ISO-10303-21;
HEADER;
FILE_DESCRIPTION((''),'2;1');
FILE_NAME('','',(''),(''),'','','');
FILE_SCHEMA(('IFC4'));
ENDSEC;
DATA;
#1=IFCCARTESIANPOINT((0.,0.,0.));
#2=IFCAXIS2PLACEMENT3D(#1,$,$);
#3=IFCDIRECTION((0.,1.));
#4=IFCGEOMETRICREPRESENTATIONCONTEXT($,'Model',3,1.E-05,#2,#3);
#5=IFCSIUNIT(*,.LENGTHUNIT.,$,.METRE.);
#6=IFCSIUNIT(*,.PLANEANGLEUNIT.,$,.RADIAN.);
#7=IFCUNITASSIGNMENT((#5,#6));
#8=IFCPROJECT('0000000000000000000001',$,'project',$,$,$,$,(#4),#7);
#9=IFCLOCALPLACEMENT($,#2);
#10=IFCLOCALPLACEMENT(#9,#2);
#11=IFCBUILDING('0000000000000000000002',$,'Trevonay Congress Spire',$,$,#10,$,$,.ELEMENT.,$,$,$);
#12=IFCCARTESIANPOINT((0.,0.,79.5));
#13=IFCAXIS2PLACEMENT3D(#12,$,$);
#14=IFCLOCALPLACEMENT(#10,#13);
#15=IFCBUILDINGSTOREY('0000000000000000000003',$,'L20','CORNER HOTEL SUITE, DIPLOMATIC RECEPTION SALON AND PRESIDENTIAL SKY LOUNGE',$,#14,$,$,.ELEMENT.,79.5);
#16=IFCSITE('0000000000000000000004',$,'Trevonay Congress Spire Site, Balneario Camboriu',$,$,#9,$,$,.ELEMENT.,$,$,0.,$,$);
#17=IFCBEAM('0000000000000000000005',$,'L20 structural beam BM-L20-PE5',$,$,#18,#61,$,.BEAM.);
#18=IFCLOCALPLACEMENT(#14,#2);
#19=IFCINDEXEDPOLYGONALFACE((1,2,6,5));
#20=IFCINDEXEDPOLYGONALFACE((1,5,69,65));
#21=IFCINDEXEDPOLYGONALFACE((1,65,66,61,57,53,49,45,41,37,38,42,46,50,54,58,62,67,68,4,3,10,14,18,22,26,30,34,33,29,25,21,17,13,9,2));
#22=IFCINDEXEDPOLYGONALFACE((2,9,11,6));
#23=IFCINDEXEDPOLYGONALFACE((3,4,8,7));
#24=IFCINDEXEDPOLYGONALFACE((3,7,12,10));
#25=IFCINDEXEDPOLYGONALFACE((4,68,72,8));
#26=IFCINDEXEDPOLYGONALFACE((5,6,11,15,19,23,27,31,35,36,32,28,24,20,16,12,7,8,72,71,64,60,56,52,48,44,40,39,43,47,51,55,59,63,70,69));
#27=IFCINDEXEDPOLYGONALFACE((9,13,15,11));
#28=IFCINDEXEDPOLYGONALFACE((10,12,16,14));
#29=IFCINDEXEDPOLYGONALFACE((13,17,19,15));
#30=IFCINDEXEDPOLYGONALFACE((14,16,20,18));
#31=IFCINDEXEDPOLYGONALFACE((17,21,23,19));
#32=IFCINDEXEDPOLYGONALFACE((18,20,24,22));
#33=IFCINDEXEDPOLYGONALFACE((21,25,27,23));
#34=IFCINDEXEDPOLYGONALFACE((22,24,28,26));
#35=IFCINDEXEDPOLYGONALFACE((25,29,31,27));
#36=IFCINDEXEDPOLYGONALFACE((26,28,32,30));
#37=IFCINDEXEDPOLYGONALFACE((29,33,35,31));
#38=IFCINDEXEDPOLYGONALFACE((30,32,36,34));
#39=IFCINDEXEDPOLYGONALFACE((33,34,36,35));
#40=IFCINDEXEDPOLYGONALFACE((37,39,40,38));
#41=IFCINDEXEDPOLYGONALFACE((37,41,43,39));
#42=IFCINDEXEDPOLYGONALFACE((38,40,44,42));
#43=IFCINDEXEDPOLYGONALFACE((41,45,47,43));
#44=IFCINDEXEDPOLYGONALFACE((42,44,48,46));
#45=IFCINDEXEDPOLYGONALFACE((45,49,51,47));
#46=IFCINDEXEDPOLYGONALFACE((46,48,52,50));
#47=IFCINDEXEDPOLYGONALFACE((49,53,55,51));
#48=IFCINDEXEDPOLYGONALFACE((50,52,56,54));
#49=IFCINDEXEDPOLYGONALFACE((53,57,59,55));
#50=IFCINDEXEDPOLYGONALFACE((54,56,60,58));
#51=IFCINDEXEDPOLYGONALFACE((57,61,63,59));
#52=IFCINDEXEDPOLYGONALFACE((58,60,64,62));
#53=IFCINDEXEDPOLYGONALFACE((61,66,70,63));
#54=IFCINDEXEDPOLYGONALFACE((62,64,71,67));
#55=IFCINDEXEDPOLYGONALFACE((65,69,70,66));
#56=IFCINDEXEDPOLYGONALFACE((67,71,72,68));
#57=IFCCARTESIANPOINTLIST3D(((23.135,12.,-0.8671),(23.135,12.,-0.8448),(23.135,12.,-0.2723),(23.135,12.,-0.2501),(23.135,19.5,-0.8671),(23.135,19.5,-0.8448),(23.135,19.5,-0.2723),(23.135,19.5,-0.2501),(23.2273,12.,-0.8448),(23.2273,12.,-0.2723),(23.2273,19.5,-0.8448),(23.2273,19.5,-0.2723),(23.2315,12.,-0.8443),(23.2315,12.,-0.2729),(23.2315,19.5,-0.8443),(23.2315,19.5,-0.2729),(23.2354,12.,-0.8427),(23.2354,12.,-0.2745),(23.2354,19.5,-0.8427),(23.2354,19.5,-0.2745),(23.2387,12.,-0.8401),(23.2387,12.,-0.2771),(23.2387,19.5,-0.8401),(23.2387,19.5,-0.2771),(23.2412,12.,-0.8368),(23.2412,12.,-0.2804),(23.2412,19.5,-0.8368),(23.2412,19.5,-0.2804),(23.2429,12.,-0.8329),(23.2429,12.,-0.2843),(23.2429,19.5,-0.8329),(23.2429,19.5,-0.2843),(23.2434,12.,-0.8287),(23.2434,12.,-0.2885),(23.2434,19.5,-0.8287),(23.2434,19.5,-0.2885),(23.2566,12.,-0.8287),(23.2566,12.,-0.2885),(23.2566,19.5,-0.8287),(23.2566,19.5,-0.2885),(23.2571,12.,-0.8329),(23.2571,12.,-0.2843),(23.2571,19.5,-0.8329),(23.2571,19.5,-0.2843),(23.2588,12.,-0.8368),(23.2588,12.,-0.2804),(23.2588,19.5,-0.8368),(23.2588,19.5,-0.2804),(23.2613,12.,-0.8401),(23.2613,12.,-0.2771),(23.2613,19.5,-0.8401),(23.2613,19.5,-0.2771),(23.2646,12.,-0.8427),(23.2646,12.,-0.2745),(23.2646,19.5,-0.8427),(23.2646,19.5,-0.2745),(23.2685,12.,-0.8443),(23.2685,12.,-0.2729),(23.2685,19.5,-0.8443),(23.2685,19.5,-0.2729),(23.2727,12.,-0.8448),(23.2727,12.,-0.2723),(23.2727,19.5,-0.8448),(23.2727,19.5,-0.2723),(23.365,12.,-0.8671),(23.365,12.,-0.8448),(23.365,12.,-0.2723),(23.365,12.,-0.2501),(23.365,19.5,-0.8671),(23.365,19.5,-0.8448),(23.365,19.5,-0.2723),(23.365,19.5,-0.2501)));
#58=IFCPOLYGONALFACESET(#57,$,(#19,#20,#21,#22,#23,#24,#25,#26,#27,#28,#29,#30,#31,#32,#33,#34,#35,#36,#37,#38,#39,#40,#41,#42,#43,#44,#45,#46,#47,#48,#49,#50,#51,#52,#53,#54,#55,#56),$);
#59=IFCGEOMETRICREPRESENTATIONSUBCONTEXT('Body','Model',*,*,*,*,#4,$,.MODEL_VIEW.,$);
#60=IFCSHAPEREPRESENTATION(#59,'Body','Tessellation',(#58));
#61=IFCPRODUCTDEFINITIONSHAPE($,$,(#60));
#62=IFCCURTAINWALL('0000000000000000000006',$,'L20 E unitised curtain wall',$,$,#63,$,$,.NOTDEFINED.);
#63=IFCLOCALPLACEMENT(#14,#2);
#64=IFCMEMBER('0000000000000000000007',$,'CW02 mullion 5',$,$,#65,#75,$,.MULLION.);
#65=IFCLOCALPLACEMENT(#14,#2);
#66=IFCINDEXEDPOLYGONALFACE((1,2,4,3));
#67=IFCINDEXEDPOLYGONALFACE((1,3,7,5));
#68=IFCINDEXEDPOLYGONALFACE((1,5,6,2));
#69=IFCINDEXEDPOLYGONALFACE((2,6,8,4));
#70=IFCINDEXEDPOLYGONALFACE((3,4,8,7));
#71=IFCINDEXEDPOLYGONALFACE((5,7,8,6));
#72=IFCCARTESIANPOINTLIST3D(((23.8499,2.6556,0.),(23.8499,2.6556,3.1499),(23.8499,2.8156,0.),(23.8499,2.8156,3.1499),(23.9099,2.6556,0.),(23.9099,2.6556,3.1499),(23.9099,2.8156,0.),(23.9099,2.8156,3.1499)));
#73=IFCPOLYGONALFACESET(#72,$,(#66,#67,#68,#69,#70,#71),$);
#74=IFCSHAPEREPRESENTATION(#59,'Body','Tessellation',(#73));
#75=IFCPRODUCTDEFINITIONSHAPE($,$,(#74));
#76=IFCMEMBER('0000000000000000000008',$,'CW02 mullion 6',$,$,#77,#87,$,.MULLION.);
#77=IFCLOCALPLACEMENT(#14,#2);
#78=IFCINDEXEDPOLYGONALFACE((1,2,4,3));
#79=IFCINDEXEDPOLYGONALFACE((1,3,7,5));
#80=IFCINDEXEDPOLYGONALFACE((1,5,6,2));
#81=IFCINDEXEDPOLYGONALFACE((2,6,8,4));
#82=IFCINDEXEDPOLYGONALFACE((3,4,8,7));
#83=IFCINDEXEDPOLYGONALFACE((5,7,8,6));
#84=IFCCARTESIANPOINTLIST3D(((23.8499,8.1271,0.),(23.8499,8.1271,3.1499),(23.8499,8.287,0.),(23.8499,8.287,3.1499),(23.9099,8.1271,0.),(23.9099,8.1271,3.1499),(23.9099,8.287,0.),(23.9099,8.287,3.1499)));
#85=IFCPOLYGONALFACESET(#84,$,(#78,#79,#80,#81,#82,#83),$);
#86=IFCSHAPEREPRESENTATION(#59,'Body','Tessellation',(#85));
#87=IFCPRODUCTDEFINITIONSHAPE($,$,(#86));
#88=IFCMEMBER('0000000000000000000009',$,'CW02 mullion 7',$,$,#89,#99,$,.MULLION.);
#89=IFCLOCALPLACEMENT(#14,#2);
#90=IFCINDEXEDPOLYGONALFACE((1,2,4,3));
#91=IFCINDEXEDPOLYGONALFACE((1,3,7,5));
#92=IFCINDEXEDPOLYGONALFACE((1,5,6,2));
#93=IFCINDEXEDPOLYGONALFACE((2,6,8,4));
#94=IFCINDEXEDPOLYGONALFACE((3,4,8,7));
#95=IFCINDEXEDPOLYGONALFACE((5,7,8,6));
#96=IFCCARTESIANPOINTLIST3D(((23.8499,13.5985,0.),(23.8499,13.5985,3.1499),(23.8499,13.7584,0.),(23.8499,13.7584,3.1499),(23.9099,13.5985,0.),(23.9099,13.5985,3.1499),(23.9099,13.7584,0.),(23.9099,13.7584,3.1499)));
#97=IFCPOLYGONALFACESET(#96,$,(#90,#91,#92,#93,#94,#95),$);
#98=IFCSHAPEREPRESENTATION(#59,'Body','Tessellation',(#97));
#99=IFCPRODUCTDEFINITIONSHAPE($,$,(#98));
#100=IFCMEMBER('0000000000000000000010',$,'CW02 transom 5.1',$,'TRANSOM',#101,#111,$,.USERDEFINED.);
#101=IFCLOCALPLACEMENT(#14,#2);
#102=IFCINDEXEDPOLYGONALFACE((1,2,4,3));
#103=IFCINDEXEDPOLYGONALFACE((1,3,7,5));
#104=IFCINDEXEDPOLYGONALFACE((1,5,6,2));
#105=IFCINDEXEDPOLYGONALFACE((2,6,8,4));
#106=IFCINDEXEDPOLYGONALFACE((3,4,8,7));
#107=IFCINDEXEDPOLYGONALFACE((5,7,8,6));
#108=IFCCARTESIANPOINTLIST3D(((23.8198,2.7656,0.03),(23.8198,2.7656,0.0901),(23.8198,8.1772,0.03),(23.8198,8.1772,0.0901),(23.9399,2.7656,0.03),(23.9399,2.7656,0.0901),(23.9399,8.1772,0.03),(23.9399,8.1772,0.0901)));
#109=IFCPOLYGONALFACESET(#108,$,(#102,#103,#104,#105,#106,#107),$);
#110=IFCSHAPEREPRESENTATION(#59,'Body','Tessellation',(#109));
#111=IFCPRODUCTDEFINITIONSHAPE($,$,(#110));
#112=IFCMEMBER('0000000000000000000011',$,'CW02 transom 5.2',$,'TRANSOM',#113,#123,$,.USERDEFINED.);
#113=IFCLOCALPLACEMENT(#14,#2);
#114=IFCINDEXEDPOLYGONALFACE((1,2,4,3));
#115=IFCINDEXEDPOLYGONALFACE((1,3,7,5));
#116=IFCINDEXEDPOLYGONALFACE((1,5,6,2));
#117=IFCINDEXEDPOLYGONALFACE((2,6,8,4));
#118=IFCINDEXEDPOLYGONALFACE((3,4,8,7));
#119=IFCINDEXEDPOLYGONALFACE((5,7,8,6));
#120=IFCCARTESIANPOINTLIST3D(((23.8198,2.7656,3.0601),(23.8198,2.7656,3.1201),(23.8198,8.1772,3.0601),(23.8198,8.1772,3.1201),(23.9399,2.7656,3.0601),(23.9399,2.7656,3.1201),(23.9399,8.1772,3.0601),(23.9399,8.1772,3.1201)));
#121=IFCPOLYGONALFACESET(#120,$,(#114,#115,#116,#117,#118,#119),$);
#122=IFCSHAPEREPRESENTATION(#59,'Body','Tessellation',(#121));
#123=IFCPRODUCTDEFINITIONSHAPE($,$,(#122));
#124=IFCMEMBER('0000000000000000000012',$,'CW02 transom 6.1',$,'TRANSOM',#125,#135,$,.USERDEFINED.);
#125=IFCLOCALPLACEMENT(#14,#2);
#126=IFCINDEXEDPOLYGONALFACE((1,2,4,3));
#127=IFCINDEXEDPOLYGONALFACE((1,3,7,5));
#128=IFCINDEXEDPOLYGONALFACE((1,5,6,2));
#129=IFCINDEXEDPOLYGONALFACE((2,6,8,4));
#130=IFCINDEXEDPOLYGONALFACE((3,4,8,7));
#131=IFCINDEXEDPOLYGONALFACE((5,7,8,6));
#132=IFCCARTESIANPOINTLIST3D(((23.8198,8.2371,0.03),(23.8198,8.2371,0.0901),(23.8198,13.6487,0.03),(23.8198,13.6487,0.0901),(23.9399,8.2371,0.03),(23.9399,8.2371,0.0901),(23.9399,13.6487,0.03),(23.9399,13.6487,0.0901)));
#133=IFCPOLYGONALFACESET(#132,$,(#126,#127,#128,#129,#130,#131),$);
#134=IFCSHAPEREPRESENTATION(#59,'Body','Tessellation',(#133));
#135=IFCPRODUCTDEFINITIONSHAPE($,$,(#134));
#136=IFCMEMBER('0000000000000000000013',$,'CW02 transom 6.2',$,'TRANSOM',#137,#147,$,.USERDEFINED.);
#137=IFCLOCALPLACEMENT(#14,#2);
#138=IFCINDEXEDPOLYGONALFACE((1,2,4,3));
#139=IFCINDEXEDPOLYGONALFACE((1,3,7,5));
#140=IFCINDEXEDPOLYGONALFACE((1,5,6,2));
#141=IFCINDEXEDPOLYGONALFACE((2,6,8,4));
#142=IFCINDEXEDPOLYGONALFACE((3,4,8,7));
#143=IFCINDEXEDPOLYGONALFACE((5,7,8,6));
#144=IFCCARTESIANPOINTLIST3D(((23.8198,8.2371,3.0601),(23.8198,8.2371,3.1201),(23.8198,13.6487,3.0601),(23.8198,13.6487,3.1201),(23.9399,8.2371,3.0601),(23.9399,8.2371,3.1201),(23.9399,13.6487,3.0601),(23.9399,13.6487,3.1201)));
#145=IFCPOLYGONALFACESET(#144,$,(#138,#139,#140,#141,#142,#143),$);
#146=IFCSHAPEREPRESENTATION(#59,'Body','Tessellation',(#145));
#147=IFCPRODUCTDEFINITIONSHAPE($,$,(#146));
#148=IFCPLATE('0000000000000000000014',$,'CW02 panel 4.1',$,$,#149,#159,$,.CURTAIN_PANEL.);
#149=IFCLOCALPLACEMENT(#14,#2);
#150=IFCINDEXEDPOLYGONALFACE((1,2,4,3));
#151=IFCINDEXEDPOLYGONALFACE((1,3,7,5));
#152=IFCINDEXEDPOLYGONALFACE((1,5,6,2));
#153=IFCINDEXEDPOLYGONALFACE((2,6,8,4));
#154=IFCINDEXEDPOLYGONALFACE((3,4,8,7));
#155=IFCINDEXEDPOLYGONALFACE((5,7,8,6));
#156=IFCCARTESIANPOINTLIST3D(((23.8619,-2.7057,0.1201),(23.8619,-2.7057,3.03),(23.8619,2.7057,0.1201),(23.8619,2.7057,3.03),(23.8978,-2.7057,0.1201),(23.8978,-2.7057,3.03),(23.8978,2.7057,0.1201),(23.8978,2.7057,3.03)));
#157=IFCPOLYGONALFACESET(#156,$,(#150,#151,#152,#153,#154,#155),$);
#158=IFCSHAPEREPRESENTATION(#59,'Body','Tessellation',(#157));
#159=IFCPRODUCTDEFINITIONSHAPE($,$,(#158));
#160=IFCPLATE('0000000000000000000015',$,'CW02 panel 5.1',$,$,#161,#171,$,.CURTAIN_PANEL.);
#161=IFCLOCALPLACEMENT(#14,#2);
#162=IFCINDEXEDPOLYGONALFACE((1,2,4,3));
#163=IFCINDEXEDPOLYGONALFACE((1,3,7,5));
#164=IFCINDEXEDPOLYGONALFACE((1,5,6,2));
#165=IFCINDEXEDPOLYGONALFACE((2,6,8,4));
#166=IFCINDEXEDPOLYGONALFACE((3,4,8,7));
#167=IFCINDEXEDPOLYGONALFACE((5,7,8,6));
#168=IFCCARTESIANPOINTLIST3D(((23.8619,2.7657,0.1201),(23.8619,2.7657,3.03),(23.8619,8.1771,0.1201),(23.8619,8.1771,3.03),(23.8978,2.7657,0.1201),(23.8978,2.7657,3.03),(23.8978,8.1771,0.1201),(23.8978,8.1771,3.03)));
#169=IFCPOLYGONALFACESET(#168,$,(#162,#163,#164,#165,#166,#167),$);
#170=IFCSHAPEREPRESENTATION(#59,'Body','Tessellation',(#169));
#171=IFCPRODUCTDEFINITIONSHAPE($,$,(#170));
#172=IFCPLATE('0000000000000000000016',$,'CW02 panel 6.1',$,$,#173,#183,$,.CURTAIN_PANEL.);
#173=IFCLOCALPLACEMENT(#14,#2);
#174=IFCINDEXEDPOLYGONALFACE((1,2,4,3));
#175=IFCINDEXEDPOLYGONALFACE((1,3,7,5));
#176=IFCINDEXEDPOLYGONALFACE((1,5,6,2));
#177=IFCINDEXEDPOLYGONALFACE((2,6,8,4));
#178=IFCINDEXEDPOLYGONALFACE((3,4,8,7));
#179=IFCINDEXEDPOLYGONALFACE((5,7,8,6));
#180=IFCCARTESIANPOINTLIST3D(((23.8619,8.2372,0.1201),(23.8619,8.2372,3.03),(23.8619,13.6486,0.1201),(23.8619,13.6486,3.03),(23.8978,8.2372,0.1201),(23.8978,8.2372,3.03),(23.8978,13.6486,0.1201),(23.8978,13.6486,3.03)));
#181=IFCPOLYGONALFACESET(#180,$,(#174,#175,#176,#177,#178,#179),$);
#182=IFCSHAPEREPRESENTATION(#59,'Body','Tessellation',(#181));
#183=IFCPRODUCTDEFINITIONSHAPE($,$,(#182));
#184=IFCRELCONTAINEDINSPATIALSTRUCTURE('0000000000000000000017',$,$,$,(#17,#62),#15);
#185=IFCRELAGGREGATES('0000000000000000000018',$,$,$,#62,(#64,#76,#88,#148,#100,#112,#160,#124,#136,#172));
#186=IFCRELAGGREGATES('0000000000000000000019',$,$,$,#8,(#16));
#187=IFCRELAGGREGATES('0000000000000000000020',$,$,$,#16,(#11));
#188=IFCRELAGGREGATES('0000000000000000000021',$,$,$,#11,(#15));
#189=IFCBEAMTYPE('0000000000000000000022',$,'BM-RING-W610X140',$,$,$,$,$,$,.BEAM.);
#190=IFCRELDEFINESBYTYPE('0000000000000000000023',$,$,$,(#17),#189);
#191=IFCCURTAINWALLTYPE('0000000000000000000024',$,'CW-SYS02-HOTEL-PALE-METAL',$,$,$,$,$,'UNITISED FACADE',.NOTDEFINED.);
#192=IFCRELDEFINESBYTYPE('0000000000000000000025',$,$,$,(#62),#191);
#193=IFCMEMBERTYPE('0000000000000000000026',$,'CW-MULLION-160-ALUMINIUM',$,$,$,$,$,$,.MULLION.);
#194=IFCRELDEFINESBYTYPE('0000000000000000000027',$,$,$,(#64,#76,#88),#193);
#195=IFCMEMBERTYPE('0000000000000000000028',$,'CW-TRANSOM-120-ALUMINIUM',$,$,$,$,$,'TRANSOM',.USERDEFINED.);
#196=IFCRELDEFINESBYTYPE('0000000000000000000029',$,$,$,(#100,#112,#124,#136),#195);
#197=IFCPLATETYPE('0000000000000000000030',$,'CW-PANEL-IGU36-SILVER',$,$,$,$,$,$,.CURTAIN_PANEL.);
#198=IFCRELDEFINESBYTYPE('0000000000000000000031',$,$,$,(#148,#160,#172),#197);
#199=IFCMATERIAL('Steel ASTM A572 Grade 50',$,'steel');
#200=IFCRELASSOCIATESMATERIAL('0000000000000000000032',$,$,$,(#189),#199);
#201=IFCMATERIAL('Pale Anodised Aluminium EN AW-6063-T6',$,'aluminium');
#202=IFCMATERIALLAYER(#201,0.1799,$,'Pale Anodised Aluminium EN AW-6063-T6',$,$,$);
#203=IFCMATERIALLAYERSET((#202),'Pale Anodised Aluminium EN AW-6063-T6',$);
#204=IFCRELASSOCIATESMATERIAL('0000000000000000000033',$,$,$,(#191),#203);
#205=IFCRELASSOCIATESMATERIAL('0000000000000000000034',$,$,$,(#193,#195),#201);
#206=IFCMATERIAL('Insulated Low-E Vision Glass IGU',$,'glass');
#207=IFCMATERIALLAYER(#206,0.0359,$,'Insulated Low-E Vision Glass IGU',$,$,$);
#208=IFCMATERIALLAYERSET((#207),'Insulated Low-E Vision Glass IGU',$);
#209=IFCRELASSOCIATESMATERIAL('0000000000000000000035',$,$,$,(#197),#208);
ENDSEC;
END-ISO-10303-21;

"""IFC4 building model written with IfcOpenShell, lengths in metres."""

from ifc_helpers import new_model, si_unit, direction, frame, origin, origin_2d, place, context, subcontext, project, spatial, rectangle, i_section, extrude, material, layer, layer_set, material_profile, profile_set, type_object, element, aggregate, save


model = new_model("IFC4")

# Units and contexts
model_context = context("Model", 3, precision=1e-05, world=origin(), true_north=direction((0.0, 1.0)))
body_context = subcontext(model_context, "Body", "Model", "MODEL_VIEW")
ifc_project = project(units=[si_unit("LENGTHUNIT", "METRE"), si_unit("PLANEANGLEUNIT", "RADIAN")], contexts=[model_context])

# Site, building, storey
site_placement = place(None, origin())
site = spatial("IfcSite", under=ifc_project, at=site_placement, Name="Trevonay Congress Spire Site, Balneario Camboriu", CompositionType="ELEMENT", RefElevation=0.0)
building_placement = place(site_placement, origin())
building = spatial("IfcBuilding", under=site, at=building_placement, Name="Trevonay Congress Spire", CompositionType="ELEMENT")
storey_placement = place(building_placement, frame((0.0, 0.0, 79.5)))
storey = spatial("IfcBuildingStorey", under=building, at=storey_placement, Name="L20", Description="CORNER HOTEL SUITE, DIPLOMATIC RECEPTION SALON AND PRESIDENTIAL SKY LOUNGE", CompositionType="ELEMENT", Elevation=79.5)

# Shared definitions
ifc_material_1 = material(Name="Steel ASTM A572 Grade 50", Category="steel")

# Beam
ifc_material_profile_1 = material_profile(ifc_material_1, i_section(OverallWidth=0.23, OverallDepth=0.6169, WebThickness=0.0132, FlangeThickness=0.0222, FilletRadius=0.0161, at=origin_2d()), Name="W610x140")
ifc_profile_set_1 = profile_set([ifc_material_profile_1], Name="Steel ASTM A572 Grade 50")
beam_type_1 = type_object("IfcBeamType", Name="BM-RING-W610X140", PredefinedType="BEAM", material=ifc_profile_set_1)
beam_1_placement = place(storey_placement, frame((23.25, 12.0, -0.5586), z_axis=(0.0, 1.0, 0.0), x_axis=(-1.0, 0.0, 0.0)))
element("IfcBeam", 1, at=beam_1_placement, inside=storey, type_object=beam_type_1, Name="L20 structural beam BM-L20-PE5", PredefinedType="BEAM", context=body_context, shape_type="SweptSolid", body=[
    extrude(i_section(OverallWidth=0.23, OverallDepth=0.6169, WebThickness=0.0132, FlangeThickness=0.0222, FilletRadius=0.0161, at=origin_2d()), origin(), (0.0, 0.0, 1.0), 7.5),
])

# Curtain wall, members, plates
ifc_material_2 = material(Name="Pale Anodised Aluminium EN AW-6063-T6", Category="aluminium")
ifc_layer_1 = layer(ifc_material_2, 0.1799, Name="Pale Anodised Aluminium EN AW-6063-T6")
ifc_layer_set_1 = layer_set([ifc_layer_1], Name="Pale Anodised Aluminium EN AW-6063-T6")
curtain_wall_type = type_object("IfcCurtainWallType", Name="CW-SYS02-HOTEL-PALE-METAL", ElementType="UNITISED FACADE", PredefinedType="NOTDEFINED", material=ifc_layer_set_1)
curtain_wall_placement = place(storey_placement, origin())
curtain_wall = element("IfcCurtainWall", 2, at=curtain_wall_placement, inside=storey, type_object=curtain_wall_type, Name="L20 E unitised curtain wall", PredefinedType="NOTDEFINED")
ifc_material_profile_2 = material_profile(ifc_material_2, rectangle(XDim=0.0601, YDim=0.1599, at=origin_2d()), Name="CW-MULLION-160-ALUMINIUM")
ifc_profile_set_2 = profile_set([ifc_material_profile_2], Name="Pale Anodised Aluminium EN AW-6063-T6")
member_type_1 = type_object("IfcMemberType", Name="CW-MULLION-160-ALUMINIUM", PredefinedType="MULLION", material=ifc_profile_set_2)
member_1_placement = place(storey_placement, frame((23.8799, 2.7356, 0.0), z_axis=(0.0, 0.0, 1.0), x_axis=(-1.0, 0.0, 0.0)))
member_1 = element("IfcMember", 3, at=member_1_placement, type_object=member_type_1, Name="CW02 mullion 5", PredefinedType="MULLION", context=body_context, shape_type="SweptSolid", body=[
    extrude(rectangle(XDim=0.0601, YDim=0.1599, at=origin_2d()), origin(), (0.0, 0.0, 1.0), 3.1499),
])
member_2_placement = place(storey_placement, frame((23.8799, 8.207, 0.0), z_axis=(0.0, 0.0, 1.0), x_axis=(-1.0, 0.0, 0.0)))
member_2 = element("IfcMember", 4, at=member_2_placement, type_object=member_type_1, Name="CW02 mullion 6", PredefinedType="MULLION", context=body_context, shape_type="SweptSolid", body=[
    extrude(rectangle(XDim=0.0601, YDim=0.1599, at=origin_2d()), origin(), (0.0, 0.0, 1.0), 3.1499),
])
member_3_placement = place(storey_placement, frame((23.8799, 13.6785, 0.0), z_axis=(0.0, 0.0, 1.0), x_axis=(-1.0, 0.0, 0.0)))
member_3 = element("IfcMember", 5, at=member_3_placement, type_object=member_type_1, Name="CW02 mullion 7", PredefinedType="MULLION", context=body_context, shape_type="SweptSolid", body=[
    extrude(rectangle(XDim=0.0601, YDim=0.1599, at=origin_2d()), origin(), (0.0, 0.0, 1.0), 3.1499),
])
ifc_material_profile_3 = material_profile(ifc_material_2, rectangle(XDim=0.1201, YDim=0.0601, at=origin_2d()), Name="CW-TRANSOM-120-ALUMINIUM")
ifc_profile_set_3 = profile_set([ifc_material_profile_3], Name="Pale Anodised Aluminium EN AW-6063-T6")
member_type_2 = type_object("IfcMemberType", Name="CW-TRANSOM-120-ALUMINIUM", ElementType="TRANSOM", PredefinedType="USERDEFINED", material=ifc_profile_set_3)
member_4_placement = place(storey_placement, frame((23.8799, 2.7656, 0.0601), z_axis=(0.0, 1.0, 0.0), x_axis=(-1.0, 0.0, 0.0)))
member_4 = element("IfcMember", 6, at=member_4_placement, type_object=member_type_2, Name="CW02 transom 5.1", ObjectType="TRANSOM", PredefinedType="USERDEFINED", context=body_context, shape_type="SweptSolid", body=[
    extrude(rectangle(XDim=0.1201, YDim=0.0601, at=origin_2d()), origin(), (0.0, 0.0, 1.0), 5.4116),
])
member_5_placement = place(storey_placement, frame((23.8799, 2.7656, 3.0901), z_axis=(0.0, 1.0, 0.0), x_axis=(-1.0, 0.0, 0.0)))
member_5 = element("IfcMember", 7, at=member_5_placement, type_object=member_type_2, Name="CW02 transom 5.2", ObjectType="TRANSOM", PredefinedType="USERDEFINED", context=body_context, shape_type="SweptSolid", body=[
    extrude(rectangle(XDim=0.1201, YDim=0.0601, at=origin_2d()), origin(), (0.0, 0.0, 1.0), 5.4116),
])
member_6_placement = place(storey_placement, frame((23.8799, 8.2371, 0.0601), z_axis=(0.0, 1.0, 0.0), x_axis=(-1.0, 0.0, 0.0)))
member_6 = element("IfcMember", 8, at=member_6_placement, type_object=member_type_2, Name="CW02 transom 6.1", ObjectType="TRANSOM", PredefinedType="USERDEFINED", context=body_context, shape_type="SweptSolid", body=[
    extrude(rectangle(XDim=0.1201, YDim=0.0601, at=origin_2d()), origin(), (0.0, 0.0, 1.0), 5.4116),
])
member_7_placement = place(storey_placement, frame((23.8799, 8.2371, 3.0901), z_axis=(0.0, 1.0, 0.0), x_axis=(-1.0, 0.0, 0.0)))
member_7 = element("IfcMember", 9, at=member_7_placement, type_object=member_type_2, Name="CW02 transom 6.2", ObjectType="TRANSOM", PredefinedType="USERDEFINED", context=body_context, shape_type="SweptSolid", body=[
    extrude(rectangle(XDim=0.1201, YDim=0.0601, at=origin_2d()), origin(), (0.0, 0.0, 1.0), 5.4116),
])
ifc_material_3 = material(Name="Insulated Low-E Vision Glass IGU", Category="glass")
ifc_layer_2 = layer(ifc_material_3, 0.0359, Name="Insulated Low-E Vision Glass IGU")
ifc_layer_set_2 = layer_set([ifc_layer_2], Name="Insulated Low-E Vision Glass IGU")
plate_type = type_object("IfcPlateType", Name="CW-PANEL-IGU36-SILVER", PredefinedType="CURTAIN_PANEL", material=ifc_layer_set_2)
plate_1_placement = place(storey_placement, frame((23.8799, 0.0, 0.1201), z_axis=(0.0, 0.0, 1.0), x_axis=(0.0, 1.0, 0.0)))
plate_1 = element("IfcPlate", 10, at=plate_1_placement, type_object=plate_type, Name="CW02 panel 4.1", PredefinedType="CURTAIN_PANEL", context=body_context, shape_type="SweptSolid", body=[
    extrude(rectangle(XDim=5.4114, YDim=0.0359, at=origin_2d()), origin(), (0.0, 0.0, 1.0), 2.9099),
])
plate_2_placement = place(storey_placement, frame((23.8799, 5.4714, 0.1201), z_axis=(0.0, 0.0, 1.0), x_axis=(0.0, 1.0, 0.0)))
plate_2 = element("IfcPlate", 11, at=plate_2_placement, type_object=plate_type, Name="CW02 panel 5.1", PredefinedType="CURTAIN_PANEL", context=body_context, shape_type="SweptSolid", body=[
    extrude(rectangle(XDim=5.4114, YDim=0.0359, at=origin_2d()), origin(), (0.0, 0.0, 1.0), 2.9099),
])
plate_3_placement = place(storey_placement, frame((23.8799, 10.9429, 0.1201), z_axis=(0.0, 0.0, 1.0), x_axis=(0.0, 1.0, 0.0)))
plate_3 = element("IfcPlate", 12, at=plate_3_placement, type_object=plate_type, Name="CW02 panel 6.1", PredefinedType="CURTAIN_PANEL", context=body_context, shape_type="SweptSolid", body=[
    extrude(rectangle(XDim=5.4114, YDim=0.0359, at=origin_2d()), origin(), (0.0, 0.0, 1.0), 2.9099),
])
aggregate(curtain_wall, [member_1, member_2, member_3, plate_1, member_4, member_5, plate_2, member_6, member_7, plate_3])

save(model, "model.ifc")
